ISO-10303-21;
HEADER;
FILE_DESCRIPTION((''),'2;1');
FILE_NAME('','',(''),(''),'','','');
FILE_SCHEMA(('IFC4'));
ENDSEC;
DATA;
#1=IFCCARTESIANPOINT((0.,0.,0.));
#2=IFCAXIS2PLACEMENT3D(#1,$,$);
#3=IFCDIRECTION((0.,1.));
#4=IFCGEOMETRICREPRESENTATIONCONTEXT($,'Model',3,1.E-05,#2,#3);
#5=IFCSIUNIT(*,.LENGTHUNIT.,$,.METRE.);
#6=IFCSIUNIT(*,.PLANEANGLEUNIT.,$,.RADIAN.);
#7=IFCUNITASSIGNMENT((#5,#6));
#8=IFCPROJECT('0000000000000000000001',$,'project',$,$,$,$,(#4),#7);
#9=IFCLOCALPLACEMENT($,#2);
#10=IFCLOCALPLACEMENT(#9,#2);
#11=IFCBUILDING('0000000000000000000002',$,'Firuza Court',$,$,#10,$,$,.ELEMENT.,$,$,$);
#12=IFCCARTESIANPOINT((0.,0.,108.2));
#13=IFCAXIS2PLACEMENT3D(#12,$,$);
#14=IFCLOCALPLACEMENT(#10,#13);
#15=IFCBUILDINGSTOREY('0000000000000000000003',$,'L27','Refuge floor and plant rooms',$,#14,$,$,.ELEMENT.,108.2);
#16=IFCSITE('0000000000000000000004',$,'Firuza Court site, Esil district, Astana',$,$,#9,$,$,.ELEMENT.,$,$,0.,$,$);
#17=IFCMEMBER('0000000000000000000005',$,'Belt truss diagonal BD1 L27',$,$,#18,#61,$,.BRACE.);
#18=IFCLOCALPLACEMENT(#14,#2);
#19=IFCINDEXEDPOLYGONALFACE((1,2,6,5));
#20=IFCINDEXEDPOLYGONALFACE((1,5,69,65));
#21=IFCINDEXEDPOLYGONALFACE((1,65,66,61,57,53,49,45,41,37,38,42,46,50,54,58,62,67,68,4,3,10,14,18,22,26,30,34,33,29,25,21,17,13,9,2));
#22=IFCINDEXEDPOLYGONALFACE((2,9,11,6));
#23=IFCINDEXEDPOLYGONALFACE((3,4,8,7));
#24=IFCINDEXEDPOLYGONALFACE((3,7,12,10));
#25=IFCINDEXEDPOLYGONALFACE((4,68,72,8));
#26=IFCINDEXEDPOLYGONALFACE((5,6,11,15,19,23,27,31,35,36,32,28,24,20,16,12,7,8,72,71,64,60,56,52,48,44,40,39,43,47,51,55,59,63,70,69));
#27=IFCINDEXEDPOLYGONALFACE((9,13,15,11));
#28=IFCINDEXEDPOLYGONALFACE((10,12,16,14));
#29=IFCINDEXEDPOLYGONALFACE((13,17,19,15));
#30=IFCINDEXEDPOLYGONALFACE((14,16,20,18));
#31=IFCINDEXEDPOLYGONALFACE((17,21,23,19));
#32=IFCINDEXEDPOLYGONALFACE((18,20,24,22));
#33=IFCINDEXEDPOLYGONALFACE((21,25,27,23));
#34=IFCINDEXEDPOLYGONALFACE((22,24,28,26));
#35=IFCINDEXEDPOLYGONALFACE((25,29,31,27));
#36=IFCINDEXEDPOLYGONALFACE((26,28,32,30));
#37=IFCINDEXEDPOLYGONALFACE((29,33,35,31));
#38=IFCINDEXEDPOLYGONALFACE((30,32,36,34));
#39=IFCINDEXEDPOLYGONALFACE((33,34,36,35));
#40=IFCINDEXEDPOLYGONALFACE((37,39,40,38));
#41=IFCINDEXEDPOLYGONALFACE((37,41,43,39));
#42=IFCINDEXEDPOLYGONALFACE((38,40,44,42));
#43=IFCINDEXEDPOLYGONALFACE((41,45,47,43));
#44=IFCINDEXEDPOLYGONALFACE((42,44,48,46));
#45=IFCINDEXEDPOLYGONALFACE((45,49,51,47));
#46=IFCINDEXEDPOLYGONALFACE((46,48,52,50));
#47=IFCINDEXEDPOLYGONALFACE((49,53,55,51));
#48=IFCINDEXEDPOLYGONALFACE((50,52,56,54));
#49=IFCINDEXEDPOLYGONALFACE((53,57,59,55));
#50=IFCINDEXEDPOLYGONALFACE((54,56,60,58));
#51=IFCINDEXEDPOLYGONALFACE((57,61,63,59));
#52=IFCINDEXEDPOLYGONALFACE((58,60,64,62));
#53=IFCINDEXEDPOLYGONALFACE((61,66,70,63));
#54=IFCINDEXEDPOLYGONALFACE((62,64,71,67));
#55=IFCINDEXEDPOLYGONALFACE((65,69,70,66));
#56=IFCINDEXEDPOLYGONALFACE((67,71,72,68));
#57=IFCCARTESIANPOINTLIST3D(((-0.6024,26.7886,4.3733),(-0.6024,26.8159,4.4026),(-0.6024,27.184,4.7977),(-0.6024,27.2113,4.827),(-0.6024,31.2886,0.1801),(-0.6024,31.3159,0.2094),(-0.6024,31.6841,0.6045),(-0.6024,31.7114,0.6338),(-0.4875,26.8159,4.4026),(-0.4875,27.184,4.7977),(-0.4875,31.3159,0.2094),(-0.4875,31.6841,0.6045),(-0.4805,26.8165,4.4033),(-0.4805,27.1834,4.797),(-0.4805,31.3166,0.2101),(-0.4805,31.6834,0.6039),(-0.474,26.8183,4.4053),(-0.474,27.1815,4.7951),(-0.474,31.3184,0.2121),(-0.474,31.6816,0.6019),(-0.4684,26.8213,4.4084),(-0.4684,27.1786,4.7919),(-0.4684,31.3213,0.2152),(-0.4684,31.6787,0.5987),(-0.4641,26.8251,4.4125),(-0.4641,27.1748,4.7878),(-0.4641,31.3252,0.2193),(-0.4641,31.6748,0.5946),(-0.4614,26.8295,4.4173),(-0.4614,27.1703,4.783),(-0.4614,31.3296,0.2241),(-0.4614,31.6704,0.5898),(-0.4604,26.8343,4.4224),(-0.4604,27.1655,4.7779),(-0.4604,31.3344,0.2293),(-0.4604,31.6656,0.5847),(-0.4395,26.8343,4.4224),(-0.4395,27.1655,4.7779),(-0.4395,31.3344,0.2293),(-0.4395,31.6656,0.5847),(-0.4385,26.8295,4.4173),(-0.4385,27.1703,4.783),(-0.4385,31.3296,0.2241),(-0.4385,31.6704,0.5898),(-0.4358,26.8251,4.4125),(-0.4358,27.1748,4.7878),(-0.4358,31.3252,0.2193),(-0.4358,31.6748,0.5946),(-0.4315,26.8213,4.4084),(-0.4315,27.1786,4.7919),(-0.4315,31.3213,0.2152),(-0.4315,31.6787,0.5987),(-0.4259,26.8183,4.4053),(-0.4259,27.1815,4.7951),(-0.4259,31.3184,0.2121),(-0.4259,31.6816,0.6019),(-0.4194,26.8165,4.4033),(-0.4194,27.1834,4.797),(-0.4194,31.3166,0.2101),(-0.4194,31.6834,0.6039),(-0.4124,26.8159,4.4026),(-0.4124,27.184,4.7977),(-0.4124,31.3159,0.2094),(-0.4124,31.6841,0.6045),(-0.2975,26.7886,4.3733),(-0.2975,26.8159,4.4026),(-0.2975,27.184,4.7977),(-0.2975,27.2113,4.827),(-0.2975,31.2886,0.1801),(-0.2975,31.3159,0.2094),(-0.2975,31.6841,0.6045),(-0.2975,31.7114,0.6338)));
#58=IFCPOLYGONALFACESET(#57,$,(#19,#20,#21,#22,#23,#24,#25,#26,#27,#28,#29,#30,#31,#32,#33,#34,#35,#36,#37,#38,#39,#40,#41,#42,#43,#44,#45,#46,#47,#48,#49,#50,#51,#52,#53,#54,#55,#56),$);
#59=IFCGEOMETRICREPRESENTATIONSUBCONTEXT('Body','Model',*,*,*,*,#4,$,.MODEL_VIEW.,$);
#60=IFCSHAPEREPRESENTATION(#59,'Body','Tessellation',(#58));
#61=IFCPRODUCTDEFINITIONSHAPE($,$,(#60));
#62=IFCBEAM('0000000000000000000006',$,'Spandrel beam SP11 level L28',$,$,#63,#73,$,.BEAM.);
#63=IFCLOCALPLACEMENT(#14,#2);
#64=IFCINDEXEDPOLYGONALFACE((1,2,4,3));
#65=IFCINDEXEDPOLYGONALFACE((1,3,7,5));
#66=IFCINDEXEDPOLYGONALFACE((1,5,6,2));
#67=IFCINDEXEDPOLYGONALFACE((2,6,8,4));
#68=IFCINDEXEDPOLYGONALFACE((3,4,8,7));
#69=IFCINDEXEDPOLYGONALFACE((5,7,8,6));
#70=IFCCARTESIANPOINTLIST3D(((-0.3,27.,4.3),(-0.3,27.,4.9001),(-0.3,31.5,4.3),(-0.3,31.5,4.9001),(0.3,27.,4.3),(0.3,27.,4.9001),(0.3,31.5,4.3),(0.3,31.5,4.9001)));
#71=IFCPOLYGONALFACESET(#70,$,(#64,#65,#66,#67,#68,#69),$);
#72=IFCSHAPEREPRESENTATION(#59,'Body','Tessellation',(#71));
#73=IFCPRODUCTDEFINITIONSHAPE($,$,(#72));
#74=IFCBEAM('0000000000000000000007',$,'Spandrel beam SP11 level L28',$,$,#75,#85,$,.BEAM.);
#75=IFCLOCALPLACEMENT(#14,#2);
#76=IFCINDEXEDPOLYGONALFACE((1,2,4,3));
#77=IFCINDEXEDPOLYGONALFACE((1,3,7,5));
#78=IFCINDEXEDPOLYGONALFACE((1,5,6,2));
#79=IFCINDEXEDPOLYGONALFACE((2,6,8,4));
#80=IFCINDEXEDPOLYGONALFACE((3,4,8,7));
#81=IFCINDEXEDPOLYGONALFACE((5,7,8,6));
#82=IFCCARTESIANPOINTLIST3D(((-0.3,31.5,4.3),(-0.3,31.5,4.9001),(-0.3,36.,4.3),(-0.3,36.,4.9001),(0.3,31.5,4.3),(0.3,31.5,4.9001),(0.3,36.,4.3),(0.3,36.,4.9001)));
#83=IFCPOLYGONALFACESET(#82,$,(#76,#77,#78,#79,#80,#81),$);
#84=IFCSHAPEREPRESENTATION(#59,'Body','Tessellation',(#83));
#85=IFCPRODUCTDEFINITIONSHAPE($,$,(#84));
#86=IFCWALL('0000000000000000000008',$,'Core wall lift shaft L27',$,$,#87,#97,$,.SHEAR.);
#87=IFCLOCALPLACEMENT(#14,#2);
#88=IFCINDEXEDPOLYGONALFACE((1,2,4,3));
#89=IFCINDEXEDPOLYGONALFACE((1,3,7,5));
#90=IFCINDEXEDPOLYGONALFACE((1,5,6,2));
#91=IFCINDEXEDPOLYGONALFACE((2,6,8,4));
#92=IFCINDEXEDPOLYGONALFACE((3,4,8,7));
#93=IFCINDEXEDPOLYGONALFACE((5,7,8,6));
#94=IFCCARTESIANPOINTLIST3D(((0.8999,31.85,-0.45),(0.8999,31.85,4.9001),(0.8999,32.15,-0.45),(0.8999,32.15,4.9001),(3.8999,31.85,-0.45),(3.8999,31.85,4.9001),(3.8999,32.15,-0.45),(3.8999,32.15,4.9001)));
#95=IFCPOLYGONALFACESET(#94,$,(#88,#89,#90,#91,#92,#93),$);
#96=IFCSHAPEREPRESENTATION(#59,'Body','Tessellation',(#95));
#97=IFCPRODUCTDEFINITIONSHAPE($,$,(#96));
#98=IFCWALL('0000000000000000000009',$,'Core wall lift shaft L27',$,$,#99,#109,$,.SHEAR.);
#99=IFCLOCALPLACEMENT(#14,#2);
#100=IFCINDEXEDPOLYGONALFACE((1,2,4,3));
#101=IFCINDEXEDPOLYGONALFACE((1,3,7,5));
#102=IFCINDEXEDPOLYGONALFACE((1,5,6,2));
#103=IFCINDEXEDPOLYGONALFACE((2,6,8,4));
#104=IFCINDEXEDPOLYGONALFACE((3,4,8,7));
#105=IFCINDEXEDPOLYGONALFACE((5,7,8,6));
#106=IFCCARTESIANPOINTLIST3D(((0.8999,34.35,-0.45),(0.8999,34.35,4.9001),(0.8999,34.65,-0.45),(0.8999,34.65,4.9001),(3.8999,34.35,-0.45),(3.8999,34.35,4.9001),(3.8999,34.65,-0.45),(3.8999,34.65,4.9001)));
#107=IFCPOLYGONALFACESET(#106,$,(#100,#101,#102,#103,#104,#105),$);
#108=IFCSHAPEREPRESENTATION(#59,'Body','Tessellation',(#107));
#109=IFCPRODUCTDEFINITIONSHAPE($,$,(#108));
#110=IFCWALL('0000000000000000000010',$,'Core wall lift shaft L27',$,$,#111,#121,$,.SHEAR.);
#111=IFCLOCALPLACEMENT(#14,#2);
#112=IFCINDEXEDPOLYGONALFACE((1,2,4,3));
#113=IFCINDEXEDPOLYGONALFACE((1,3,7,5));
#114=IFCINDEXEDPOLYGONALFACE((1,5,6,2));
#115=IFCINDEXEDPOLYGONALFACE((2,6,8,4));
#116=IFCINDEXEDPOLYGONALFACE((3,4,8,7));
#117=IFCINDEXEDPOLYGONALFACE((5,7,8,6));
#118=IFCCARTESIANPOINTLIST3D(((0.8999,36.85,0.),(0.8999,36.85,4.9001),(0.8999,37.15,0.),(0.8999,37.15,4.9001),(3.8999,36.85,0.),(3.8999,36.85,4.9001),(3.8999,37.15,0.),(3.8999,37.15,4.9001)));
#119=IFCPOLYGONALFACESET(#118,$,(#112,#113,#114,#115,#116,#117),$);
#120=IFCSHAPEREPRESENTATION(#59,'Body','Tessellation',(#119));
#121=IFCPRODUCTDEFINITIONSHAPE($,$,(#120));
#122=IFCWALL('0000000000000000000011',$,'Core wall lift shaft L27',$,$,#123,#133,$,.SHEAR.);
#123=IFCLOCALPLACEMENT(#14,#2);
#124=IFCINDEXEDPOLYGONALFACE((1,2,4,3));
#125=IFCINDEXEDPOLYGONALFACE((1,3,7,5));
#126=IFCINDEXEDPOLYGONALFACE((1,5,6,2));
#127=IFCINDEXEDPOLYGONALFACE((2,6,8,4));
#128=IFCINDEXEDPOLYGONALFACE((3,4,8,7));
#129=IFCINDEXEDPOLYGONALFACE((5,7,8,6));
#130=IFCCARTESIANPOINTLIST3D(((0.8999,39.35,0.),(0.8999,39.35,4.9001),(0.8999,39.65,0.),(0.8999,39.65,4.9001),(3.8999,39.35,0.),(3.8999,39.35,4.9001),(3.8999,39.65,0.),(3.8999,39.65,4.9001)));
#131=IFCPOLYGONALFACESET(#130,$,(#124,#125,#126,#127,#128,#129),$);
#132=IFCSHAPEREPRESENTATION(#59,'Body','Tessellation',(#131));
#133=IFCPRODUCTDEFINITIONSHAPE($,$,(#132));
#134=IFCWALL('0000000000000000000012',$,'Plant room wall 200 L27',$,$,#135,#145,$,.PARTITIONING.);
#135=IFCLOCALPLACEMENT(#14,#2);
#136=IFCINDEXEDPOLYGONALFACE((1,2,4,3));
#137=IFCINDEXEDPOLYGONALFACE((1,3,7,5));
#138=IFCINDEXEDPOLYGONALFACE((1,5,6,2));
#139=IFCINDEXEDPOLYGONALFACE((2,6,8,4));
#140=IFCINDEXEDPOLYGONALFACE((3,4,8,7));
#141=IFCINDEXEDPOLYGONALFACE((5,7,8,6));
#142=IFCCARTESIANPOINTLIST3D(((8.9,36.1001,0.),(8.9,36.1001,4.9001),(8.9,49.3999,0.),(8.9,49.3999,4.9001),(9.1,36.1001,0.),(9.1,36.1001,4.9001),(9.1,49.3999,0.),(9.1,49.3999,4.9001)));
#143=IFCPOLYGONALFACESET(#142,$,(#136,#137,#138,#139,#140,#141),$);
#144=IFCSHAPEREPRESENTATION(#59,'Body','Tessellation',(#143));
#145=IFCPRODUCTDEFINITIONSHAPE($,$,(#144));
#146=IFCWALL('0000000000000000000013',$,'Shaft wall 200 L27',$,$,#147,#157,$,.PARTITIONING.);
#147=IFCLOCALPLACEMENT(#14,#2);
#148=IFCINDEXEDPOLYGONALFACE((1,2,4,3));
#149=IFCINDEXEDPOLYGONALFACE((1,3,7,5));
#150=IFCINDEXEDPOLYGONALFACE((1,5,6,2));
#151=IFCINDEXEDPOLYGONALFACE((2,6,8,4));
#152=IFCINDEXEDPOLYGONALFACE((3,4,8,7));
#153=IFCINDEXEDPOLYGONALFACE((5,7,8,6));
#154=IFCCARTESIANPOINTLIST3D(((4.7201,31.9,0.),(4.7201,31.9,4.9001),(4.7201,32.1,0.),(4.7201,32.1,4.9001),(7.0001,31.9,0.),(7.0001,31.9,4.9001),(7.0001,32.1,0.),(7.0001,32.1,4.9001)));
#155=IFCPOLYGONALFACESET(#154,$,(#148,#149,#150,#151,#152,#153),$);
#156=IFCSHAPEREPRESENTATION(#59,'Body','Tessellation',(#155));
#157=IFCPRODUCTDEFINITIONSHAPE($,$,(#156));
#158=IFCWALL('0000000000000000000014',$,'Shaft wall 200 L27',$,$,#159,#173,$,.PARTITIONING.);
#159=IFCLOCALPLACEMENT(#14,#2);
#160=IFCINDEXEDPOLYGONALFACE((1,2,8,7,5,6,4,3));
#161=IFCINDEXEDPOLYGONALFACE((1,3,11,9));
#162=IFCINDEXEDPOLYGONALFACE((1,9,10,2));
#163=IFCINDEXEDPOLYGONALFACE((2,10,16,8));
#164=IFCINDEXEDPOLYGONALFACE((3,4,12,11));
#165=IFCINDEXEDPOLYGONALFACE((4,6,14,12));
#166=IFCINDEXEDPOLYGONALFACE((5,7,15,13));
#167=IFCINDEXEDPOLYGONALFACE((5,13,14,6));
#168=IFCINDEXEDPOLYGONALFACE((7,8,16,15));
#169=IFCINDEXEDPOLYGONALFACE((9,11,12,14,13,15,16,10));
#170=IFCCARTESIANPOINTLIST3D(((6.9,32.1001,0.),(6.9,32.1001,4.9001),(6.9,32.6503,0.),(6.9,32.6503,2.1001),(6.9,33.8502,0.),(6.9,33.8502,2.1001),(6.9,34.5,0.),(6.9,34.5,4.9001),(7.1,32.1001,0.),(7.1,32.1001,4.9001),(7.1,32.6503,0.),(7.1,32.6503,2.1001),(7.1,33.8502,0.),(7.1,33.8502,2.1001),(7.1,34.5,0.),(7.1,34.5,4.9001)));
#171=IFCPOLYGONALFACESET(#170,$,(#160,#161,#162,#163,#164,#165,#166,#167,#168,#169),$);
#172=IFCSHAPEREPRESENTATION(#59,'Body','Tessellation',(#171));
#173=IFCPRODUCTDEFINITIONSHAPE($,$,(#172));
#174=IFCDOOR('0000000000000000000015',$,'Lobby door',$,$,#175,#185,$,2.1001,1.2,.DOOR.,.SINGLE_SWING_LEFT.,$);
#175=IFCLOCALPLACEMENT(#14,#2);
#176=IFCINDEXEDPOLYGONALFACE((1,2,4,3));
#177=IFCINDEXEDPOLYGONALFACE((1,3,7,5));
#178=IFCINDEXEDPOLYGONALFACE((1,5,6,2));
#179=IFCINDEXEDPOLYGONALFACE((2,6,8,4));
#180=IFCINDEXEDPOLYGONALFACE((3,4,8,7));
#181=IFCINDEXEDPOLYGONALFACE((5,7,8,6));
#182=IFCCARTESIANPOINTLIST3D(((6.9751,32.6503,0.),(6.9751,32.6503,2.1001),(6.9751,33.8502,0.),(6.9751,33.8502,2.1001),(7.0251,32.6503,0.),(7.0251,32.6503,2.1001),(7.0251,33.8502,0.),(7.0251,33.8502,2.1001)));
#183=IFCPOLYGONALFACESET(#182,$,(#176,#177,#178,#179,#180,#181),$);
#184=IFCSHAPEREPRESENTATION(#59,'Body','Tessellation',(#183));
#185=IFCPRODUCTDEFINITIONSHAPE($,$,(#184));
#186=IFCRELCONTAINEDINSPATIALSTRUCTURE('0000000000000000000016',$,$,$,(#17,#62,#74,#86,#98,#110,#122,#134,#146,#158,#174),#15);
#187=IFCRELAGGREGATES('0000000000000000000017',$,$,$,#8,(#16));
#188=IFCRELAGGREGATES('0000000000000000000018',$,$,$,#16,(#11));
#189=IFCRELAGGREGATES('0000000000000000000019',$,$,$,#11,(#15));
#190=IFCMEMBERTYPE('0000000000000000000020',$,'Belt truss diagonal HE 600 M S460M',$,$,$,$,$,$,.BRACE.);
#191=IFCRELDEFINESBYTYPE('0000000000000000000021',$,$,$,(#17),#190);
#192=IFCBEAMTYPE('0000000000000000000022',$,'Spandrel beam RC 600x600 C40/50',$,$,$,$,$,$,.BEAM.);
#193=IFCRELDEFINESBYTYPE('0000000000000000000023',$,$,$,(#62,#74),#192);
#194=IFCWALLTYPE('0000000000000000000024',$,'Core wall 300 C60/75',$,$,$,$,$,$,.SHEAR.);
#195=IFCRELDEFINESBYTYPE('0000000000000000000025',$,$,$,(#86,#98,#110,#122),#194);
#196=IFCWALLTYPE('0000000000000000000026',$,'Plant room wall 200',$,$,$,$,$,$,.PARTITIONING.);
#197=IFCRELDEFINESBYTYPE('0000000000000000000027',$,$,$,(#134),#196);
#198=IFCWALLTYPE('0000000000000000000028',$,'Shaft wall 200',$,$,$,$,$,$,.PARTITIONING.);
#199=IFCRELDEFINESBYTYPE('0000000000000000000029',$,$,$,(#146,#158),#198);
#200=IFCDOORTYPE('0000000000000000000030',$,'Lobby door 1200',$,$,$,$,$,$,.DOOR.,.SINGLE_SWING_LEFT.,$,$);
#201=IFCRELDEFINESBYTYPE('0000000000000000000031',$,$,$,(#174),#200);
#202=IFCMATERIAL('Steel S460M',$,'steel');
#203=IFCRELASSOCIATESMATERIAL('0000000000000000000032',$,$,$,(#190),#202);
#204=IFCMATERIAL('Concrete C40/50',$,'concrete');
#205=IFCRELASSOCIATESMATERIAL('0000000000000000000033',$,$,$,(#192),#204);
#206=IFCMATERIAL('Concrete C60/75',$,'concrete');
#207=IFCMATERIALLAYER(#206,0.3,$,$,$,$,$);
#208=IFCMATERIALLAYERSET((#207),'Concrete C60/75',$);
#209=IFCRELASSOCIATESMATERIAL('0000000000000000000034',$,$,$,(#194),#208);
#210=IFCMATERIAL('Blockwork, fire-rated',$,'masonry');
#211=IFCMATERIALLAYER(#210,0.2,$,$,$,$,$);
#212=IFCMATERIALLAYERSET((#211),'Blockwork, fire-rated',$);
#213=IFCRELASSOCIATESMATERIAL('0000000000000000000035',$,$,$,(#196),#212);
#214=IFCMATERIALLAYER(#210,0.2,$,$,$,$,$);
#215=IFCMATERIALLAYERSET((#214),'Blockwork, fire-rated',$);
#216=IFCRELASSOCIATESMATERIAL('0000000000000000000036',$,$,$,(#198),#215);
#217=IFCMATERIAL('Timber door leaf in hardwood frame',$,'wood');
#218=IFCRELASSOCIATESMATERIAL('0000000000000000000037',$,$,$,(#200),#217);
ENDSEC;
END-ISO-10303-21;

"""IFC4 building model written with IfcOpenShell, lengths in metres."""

from ifc_helpers import new_model, si_unit, direction, frame, frame_2d, origin, origin_2d, place, context, subcontext, project, spatial, rectangle, i_section, extrude, material, layer, layer_set, material_profile, profile_set, type_object, element, fill, save


model = new_model("IFC4")

# Units and contexts
model_context = context("Model", 3, precision=1e-05, world=origin(), true_north=direction((0.0, 1.0)))
body_context = subcontext(model_context, "Body", "Model", "MODEL_VIEW")
ifc_project = project(units=[si_unit("LENGTHUNIT", "METRE"), si_unit("PLANEANGLEUNIT", "RADIAN")], contexts=[model_context])

# Site, building, storey
site_placement = place(None, origin())
site = spatial("IfcSite", under=ifc_project, at=site_placement, Name="Firuza Court site, Esil district, Astana", CompositionType="ELEMENT", RefElevation=0.0)
building_placement = place(site_placement, origin())
building = spatial("IfcBuilding", under=site, at=building_placement, Name="Firuza Court", CompositionType="ELEMENT")
storey_placement = place(building_placement, frame((0.0, 0.0, 108.2)))
storey = spatial("IfcBuildingStorey", under=building, at=storey_placement, Name="L27", Description="Refuge floor and plant rooms", CompositionType="ELEMENT", Elevation=108.2)

# Member
ifc_material_1 = material(Name="Steel S460M", Category="steel")
ifc_material_profile_1 = material_profile(ifc_material_1, i_section(OverallWidth=0.3049, OverallDepth=0.6201, WebThickness=0.021, FlangeThickness=0.04, FilletRadius=0.0271, at=origin_2d()), Name="HE 600 M")
ifc_profile_set_1 = profile_set([ifc_material_profile_1], Name="Steel S460M")
member_type_1 = type_object("IfcMemberType", Name="Belt truss diagonal HE 600 M S460M", PredefinedType="BRACE", material=ifc_profile_set_1)
for number, where, z_axis, x_axis, name in (
    (1, (-0.45, 31.5, 0.407), (0.0, -0.731613, 0.68172), (1.0, 0.0, 0.0), "Belt truss diagonal BD1 L27"),
):
    element("IfcMember", number, at=place(storey_placement, frame(where, z_axis=z_axis, x_axis=x_axis)), inside=storey, type_object=member_type_1, Name=name, PredefinedType="BRACE", context=body_context, shape_type="SweptSolid", body=[
        extrude(i_section(OverallWidth=0.3049, OverallDepth=0.6201, WebThickness=0.021, FlangeThickness=0.04, FilletRadius=0.0271, at=origin_2d()), origin(), (0.0, 0.0, 1.0), 6.1509),
    ])

# Beams
ifc_material_2 = material(Name="Concrete C40/50", Category="concrete")
ifc_material_profile_2 = material_profile(ifc_material_2, rectangle(XDim=0.6001, YDim=0.6001, at=origin_2d()), Name="RC 600x600")
ifc_profile_set_2 = profile_set([ifc_material_profile_2], Name="Concrete C40/50")
beam_type = type_object("IfcBeamType", Name="Spandrel beam RC 600x600 C40/50", PredefinedType="BEAM", material=ifc_profile_set_2)
for number, where, z_axis, x_axis, name in (
    (2, (0.0, 31.5, 4.6001), (0.0, -1.0, 0.0), (1.0, 0.0, 0.0), "Spandrel beam SP11 level L28"),
    (3, (0.0, 36.0, 4.6001), (0.0, -1.0, 0.0), (1.0, 0.0, 0.0), "Spandrel beam SP11 level L28"),
):
    element("IfcBeam", number, at=place(storey_placement, frame(where, z_axis=z_axis, x_axis=x_axis)), inside=storey, type_object=beam_type, Name=name, PredefinedType="BEAM", context=body_context, shape_type="SweptSolid", body=[
        extrude(rectangle(XDim=0.6001, YDim=0.6001, at=origin_2d()), origin(), (0.0, 0.0, 1.0), 4.5),
    ])

# Walls
ifc_material_3 = material(Name="Concrete C60/75", Category="concrete")
ifc_layer_1 = layer(ifc_material_3, 0.3)
ifc_layer_set_1 = layer_set([ifc_layer_1], Name="Concrete C60/75")
wall_type_1 = type_object("IfcWallType", Name="Core wall 300 C60/75", PredefinedType="SHEAR", material=ifc_layer_set_1)
for number, where, z_axis, x_axis, name in (
    (4, (0.8999, 32.0, -0.45), (0.0, 0.0, 1.0), (1.0, 0.0, 0.0), "Core wall lift shaft L27"),
    (5, (0.8999, 34.5, -0.45), (0.0, 0.0, 1.0), (1.0, 0.0, 0.0), "Core wall lift shaft L27"),
):
    element("IfcWall", number, at=place(storey_placement, frame(where, z_axis=z_axis, x_axis=x_axis)), inside=storey, type_object=wall_type_1, Name=name, PredefinedType="SHEAR", context=body_context, shape_type="SweptSolid", body=[
        extrude(rectangle(XDim=3.0, YDim=0.3, at=frame_2d((1.5, 0.0))), origin(), (0.0, 0.0, 1.0), 5.3501),
    ])
for number, where, z_axis, x_axis, name in (
    (6, (0.8999, 37.0, 0.0), (0.0, 0.0, 1.0), (1.0, 0.0, 0.0), "Core wall lift shaft L27"),
    (7, (0.8999, 39.5, 0.0), (0.0, 0.0, 1.0), (1.0, 0.0, 0.0), "Core wall lift shaft L27"),
):
    element("IfcWall", number, at=place(storey_placement, frame(where, z_axis=z_axis, x_axis=x_axis)), inside=storey, type_object=wall_type_1, Name=name, PredefinedType="SHEAR", context=body_context, shape_type="SweptSolid", body=[
        extrude(rectangle(XDim=3.0, YDim=0.3, at=frame_2d((1.5, 0.0))), origin(), (0.0, 0.0, 1.0), 4.9001),
    ])
ifc_material_4 = material(Name="Blockwork, fire-rated", Category="masonry")
ifc_layer_2 = layer(ifc_material_4, 0.2)
ifc_layer_set_2 = layer_set([ifc_layer_2], Name="Blockwork, fire-rated")
wall_type_2 = type_object("IfcWallType", Name="Plant room wall 200", PredefinedType="PARTITIONING", material=ifc_layer_set_2)
wall_1_placement = place(storey_placement, frame((9.0, 36.1001, 0.0), z_axis=(0.0, 0.0, 1.0), x_axis=(0.0, 1.0, 0.0)))
element("IfcWall", 8, at=wall_1_placement, inside=storey, type_object=wall_type_2, Name="Plant room wall 200 L27", PredefinedType="PARTITIONING", context=body_context, shape_type="SweptSolid", body=[
    extrude(rectangle(XDim=13.2998, YDim=0.2, at=frame_2d((6.6499, 0.0))), origin(), (0.0, 0.0, 1.0), 4.9001),
])
ifc_layer_3 = layer(ifc_material_4, 0.2)
ifc_layer_set_3 = layer_set([ifc_layer_3], Name="Blockwork, fire-rated")
wall_type_3 = type_object("IfcWallType", Name="Shaft wall 200", PredefinedType="PARTITIONING", material=ifc_layer_set_3)
wall_2_placement = place(storey_placement, frame((4.72, 32.0, 0.0), z_axis=(0.0, 0.0, 1.0), x_axis=(1.0, 0.0, 0.0)))
element("IfcWall", 9, at=wall_2_placement, inside=storey, type_object=wall_type_3, Name="Shaft wall 200 L27", PredefinedType="PARTITIONING", context=body_context, shape_type="SweptSolid", body=[
    extrude(rectangle(XDim=2.28, YDim=0.2, at=frame_2d((1.1401, 0.0))), origin(), (0.0, 0.0, 1.0), 4.9001),
])

# Wall, opening, door
wall_3_placement = place(storey_placement, frame((7.0, 32.1001, 0.0), z_axis=(0.0, 0.0, 1.0), x_axis=(0.0, 1.0, 0.0)))
wall_3 = element("IfcWall", 10, at=wall_3_placement, inside=storey, type_object=wall_type_3, Name="Shaft wall 200 L27", PredefinedType="PARTITIONING", context=body_context, shape_type="SweptSolid", body=[
    extrude(rectangle(XDim=2.3999, YDim=0.2, at=frame_2d((1.2, 0.0))), origin(), (0.0, 0.0, 1.0), 4.9001),
])
opening_placement = place(wall_3_placement, frame((0.55, 0.0, 0.0)))
opening = element("IfcOpeningElement", 11, at=opening_placement, cuts=wall_3, PredefinedType="OPENING", context=body_context, shape_type="SweptSolid", body=[
    extrude(rectangle(XDim=1.2, YDim=2.1001, at=frame_2d((0.6001, 1.05))), frame((0.0, 0.1118, 0.0), z_axis=(0.0, -1.0, 0.0), x_axis=(1.0, 0.0, 0.0)), (0.0, 0.0, 1.0), 0.2239),
])
ifc_material_5 = material(Name="Timber door leaf in hardwood frame", Category="wood")
door_type = type_object("IfcDoorType", Name="Lobby door 1200", OperationType="SINGLE_SWING_LEFT", PredefinedType="DOOR", material=ifc_material_5)
door_placement = place(opening_placement, origin())
door = element("IfcDoor", 12, at=door_placement, inside=storey, type_object=door_type, Name="Lobby door", OperationType="SINGLE_SWING_LEFT", OverallHeight=2.1001, OverallWidth=1.2, PredefinedType="DOOR", context=body_context, shape_type="SweptSolid", body=[
    extrude(rectangle(XDim=1.2, YDim=2.1001, at=frame_2d((0.6001, 1.05))), frame((0.0, 0.0249, 0.0), z_axis=(0.0, -1.0, 0.0), x_axis=(1.0, 0.0, 0.0)), (0.0, 0.0, 1.0), 0.05),
])
fill(opening, door)

save(model, "model.ifc")
